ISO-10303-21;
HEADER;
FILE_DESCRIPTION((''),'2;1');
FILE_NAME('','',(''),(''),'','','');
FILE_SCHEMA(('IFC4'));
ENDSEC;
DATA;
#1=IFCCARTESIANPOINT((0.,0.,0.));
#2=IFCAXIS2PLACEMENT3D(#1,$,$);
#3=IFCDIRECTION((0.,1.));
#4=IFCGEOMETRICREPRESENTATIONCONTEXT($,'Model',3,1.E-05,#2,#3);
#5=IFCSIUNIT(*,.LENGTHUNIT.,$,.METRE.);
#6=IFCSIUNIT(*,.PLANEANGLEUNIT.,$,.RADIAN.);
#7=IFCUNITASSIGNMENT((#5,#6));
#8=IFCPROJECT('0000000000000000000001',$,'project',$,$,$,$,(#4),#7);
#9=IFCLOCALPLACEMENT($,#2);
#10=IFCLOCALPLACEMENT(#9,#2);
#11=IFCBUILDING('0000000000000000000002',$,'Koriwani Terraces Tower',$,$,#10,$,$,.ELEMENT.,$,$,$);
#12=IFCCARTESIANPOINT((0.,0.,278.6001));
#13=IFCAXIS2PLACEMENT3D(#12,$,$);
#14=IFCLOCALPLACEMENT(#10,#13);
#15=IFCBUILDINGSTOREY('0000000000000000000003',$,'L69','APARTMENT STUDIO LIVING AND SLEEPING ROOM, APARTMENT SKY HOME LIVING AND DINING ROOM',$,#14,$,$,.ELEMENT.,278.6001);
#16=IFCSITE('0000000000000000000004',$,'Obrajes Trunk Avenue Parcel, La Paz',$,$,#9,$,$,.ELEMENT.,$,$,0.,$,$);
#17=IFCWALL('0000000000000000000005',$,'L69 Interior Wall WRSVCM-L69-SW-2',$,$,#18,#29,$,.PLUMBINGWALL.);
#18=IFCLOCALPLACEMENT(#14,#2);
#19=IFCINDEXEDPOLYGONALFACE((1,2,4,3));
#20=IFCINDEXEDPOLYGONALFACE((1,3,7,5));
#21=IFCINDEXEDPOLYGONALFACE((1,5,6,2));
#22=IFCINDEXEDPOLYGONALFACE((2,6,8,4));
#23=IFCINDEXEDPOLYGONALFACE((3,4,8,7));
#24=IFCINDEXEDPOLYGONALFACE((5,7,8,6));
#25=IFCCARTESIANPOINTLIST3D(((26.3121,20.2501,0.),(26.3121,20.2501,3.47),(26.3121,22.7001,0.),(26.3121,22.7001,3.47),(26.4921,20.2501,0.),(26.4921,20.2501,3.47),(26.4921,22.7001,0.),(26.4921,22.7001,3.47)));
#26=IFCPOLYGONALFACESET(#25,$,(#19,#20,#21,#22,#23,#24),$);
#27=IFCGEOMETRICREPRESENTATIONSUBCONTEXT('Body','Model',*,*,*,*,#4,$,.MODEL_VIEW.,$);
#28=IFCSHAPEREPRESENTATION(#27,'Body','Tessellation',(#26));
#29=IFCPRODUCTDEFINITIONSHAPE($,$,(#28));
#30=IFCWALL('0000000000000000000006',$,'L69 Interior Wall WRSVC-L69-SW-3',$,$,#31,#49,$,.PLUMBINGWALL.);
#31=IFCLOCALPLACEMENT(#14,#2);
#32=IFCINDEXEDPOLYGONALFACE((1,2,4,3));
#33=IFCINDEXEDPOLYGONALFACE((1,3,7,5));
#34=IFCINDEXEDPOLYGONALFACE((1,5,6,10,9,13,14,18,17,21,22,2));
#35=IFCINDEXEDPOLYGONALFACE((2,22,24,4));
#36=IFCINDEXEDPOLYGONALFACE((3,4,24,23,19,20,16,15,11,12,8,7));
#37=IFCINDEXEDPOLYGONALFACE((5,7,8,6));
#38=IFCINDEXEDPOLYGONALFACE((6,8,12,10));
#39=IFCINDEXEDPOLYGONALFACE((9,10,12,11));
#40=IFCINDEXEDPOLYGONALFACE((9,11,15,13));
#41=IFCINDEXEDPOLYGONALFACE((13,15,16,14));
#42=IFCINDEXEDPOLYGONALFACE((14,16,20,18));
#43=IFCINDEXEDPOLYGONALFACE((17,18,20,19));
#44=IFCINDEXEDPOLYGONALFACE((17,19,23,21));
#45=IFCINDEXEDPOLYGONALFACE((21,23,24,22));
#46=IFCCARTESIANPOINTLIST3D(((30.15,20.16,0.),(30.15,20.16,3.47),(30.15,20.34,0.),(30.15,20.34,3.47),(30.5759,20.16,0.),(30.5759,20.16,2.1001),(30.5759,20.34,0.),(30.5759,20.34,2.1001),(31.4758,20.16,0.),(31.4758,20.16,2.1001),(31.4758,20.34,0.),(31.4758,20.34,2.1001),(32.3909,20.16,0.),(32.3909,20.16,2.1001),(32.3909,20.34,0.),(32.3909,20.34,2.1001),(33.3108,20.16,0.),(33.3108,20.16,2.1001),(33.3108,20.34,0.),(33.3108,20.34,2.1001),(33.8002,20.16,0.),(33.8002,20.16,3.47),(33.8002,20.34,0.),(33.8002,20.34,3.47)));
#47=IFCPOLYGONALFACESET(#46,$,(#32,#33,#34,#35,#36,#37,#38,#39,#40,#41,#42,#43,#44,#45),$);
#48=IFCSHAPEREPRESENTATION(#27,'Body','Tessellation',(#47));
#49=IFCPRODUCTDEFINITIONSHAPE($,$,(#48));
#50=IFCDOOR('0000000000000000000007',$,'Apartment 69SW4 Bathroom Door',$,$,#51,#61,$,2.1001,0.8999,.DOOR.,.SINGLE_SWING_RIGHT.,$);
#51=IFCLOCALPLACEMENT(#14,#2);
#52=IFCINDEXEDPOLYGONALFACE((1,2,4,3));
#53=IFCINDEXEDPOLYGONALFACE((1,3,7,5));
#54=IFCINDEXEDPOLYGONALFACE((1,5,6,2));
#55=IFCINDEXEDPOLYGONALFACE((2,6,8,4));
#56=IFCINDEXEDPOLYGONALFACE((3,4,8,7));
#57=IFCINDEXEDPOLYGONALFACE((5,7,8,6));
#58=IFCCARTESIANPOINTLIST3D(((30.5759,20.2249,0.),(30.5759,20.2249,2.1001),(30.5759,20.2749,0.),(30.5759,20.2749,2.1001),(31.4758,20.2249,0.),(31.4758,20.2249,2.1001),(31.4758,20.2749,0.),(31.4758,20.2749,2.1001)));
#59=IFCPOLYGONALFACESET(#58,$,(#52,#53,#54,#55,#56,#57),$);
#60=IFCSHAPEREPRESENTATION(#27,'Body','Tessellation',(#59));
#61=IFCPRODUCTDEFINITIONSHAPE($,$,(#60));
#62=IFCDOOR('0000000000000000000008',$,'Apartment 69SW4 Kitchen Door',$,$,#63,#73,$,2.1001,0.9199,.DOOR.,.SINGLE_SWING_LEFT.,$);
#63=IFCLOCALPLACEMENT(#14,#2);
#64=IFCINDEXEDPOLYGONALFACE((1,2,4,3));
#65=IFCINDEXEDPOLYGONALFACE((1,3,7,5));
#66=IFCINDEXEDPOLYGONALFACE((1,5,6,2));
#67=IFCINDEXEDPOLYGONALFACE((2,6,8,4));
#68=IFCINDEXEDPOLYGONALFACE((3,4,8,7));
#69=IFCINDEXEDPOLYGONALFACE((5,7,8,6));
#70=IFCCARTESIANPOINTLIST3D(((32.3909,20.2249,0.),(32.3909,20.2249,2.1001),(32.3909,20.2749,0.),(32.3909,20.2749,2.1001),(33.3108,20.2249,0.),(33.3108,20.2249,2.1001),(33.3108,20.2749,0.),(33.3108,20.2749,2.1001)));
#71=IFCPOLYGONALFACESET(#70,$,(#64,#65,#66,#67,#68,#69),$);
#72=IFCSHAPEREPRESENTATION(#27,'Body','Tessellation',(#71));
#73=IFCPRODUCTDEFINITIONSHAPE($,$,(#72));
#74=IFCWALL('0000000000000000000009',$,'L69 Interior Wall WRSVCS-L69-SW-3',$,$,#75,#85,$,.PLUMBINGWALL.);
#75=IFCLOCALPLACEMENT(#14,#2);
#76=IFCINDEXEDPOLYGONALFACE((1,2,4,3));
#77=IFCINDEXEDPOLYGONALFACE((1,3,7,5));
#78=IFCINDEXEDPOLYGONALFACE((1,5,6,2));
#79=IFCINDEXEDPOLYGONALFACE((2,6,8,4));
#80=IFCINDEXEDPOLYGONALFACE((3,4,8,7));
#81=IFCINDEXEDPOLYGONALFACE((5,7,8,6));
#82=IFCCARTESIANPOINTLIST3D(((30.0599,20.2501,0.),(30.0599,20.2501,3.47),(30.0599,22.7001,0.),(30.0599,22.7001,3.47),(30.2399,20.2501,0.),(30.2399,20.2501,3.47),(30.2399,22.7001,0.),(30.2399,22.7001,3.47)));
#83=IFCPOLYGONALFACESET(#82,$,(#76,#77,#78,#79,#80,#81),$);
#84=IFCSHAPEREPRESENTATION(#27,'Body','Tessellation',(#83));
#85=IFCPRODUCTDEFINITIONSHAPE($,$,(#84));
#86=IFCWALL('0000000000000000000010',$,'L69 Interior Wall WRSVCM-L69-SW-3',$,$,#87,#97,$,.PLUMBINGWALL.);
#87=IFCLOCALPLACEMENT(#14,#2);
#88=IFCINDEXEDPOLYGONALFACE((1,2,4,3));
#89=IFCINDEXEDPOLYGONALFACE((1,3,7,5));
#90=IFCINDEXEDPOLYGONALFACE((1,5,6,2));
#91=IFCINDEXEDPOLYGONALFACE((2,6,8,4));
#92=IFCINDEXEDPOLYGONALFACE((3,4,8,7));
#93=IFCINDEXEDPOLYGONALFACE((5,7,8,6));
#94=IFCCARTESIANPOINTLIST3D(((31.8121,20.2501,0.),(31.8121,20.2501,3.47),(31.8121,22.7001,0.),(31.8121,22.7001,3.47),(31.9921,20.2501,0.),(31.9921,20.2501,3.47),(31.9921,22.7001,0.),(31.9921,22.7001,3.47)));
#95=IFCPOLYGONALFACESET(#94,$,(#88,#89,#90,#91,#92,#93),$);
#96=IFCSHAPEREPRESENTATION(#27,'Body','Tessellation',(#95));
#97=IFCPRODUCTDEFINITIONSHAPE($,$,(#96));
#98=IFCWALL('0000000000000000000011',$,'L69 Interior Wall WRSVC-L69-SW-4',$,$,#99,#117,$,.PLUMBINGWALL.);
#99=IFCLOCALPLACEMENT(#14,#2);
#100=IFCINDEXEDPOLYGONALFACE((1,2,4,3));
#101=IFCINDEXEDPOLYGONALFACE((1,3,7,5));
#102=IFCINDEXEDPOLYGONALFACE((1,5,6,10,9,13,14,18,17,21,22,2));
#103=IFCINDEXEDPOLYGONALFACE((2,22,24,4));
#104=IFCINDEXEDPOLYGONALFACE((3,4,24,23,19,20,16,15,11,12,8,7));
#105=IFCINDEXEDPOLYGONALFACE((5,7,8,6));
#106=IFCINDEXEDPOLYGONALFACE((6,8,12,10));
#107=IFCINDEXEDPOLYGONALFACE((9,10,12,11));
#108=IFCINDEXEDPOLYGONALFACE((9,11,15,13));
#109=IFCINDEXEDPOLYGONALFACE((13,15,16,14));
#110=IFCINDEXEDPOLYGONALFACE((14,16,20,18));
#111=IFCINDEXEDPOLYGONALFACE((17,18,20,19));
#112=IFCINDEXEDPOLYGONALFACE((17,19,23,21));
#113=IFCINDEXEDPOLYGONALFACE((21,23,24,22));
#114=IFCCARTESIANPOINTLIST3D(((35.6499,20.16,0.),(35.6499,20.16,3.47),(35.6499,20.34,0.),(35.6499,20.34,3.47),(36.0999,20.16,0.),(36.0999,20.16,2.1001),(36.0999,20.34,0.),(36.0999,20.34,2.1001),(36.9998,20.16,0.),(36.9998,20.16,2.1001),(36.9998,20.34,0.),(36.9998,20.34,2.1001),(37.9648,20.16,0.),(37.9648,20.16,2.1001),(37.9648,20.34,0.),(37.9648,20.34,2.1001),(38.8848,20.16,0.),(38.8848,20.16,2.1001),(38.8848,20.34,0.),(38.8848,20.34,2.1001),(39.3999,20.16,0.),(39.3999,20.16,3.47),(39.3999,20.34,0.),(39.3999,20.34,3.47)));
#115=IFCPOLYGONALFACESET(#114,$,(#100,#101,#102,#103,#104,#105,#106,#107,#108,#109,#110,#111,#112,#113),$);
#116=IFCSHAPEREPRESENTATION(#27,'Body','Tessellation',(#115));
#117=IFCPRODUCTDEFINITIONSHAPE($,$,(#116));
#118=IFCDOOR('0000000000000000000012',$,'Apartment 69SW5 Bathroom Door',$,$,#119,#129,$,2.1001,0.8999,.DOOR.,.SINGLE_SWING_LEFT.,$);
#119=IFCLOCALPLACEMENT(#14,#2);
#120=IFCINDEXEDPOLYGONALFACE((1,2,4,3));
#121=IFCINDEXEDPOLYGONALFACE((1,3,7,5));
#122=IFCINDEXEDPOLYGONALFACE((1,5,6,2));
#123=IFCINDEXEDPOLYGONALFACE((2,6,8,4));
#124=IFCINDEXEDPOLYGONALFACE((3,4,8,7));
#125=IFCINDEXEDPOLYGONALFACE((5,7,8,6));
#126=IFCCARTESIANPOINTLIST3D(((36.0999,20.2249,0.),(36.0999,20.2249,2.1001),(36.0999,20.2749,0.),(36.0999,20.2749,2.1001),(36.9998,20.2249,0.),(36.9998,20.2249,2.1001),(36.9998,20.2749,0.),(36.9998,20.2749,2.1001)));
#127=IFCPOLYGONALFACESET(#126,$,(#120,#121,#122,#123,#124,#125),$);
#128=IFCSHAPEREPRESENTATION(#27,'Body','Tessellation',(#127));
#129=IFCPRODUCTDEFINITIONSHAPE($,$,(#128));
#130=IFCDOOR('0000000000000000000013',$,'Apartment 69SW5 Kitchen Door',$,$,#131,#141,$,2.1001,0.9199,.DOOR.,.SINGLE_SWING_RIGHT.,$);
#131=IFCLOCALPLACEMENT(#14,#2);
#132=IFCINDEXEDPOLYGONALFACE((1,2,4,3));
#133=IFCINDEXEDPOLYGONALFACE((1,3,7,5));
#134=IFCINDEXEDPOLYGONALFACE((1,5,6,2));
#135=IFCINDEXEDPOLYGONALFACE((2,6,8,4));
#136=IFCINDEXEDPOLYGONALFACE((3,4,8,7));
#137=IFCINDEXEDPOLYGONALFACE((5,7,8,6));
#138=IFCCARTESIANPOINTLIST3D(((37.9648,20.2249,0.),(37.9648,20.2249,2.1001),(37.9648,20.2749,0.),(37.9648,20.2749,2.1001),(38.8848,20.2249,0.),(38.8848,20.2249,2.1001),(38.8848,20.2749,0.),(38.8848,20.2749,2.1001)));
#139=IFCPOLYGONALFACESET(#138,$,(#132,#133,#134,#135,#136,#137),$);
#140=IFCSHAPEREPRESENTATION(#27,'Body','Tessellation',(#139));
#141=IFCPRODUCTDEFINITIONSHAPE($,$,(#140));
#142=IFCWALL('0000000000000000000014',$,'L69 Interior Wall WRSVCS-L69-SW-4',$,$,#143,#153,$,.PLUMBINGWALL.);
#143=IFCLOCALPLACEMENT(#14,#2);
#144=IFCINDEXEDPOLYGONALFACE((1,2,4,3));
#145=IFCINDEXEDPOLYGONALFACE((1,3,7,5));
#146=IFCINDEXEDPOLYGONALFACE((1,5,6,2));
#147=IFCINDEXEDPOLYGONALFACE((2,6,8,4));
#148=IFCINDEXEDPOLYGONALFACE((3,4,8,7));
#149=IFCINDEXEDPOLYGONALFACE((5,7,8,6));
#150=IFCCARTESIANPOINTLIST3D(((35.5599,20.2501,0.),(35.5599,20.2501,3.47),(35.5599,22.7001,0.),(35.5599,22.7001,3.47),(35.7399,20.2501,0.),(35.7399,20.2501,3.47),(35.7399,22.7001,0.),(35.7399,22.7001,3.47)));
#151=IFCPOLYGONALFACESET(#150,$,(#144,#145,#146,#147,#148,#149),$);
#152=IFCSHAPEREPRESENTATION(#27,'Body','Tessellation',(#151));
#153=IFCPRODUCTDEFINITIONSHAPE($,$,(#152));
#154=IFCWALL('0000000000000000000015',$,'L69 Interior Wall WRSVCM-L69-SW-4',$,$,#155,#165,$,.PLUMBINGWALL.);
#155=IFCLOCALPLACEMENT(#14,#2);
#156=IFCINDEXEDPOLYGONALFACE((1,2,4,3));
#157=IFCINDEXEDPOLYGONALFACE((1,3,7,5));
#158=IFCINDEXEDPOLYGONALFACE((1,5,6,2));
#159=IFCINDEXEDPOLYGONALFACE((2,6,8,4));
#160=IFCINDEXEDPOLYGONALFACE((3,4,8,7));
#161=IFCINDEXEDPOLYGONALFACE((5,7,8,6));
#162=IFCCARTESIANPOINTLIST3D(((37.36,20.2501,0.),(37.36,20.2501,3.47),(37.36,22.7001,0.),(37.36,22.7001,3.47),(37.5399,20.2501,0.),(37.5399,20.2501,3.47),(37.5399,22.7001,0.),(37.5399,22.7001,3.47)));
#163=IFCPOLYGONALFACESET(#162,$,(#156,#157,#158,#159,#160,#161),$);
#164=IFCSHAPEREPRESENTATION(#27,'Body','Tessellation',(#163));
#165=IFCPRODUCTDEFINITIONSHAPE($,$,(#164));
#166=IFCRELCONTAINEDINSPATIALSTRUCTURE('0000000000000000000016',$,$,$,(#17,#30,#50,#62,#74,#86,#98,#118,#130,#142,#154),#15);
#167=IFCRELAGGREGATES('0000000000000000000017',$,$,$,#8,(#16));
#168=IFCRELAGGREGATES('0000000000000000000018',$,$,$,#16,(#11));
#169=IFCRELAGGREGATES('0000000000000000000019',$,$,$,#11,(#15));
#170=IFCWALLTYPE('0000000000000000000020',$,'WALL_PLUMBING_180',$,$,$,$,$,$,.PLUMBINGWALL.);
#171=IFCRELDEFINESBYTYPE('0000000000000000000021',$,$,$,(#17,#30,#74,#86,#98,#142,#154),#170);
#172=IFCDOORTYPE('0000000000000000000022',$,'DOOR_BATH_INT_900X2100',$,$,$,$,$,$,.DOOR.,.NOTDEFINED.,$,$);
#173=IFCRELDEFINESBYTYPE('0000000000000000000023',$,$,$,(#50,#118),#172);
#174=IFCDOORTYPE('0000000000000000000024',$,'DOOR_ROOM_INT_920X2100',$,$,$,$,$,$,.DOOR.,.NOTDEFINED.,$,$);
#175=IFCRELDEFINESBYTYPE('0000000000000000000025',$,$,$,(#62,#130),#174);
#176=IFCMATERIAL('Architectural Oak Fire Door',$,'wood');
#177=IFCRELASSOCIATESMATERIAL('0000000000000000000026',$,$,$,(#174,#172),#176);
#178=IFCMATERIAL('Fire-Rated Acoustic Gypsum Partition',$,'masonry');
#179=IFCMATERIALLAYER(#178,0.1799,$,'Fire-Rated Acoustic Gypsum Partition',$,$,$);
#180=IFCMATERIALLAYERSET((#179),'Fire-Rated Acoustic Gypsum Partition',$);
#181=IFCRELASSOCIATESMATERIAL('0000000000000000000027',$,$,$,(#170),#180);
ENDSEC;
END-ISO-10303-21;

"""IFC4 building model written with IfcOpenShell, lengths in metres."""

from ifc_helpers import new_model, si_unit, direction, frame, frame_2d, origin, place, context, subcontext, project, spatial, rectangle, extrude, material, layer, layer_set, type_object, element, fill, save


model = new_model("IFC4")

# Units and contexts
model_context = context("Model", 3, precision=1e-05, world=origin(), true_north=direction((0.0, 1.0)))
body_context = subcontext(model_context, "Body", "Model", "MODEL_VIEW")
ifc_project = project(units=[si_unit("LENGTHUNIT", "METRE"), si_unit("PLANEANGLEUNIT", "RADIAN")], contexts=[model_context])

# Site, building, storey
site_placement = place(None, origin())
site = spatial("IfcSite", under=ifc_project, at=site_placement, Name="Obrajes Trunk Avenue Parcel, La Paz", CompositionType="ELEMENT", RefElevation=0.0)
building_placement = place(site_placement, origin())
building = spatial("IfcBuilding", under=site, at=building_placement, Name="Koriwani Terraces Tower", CompositionType="ELEMENT")
storey_placement = place(building_placement, frame((0.0, 0.0, 278.6001)))
storey = spatial("IfcBuildingStorey", under=building, at=storey_placement, Name="L69", Description="APARTMENT STUDIO LIVING AND SLEEPING ROOM, APARTMENT SKY HOME LIVING AND DINING ROOM", CompositionType="ELEMENT", Elevation=278.6001)

# Shared definitions
ifc_material_1 = material(Name="Architectural Oak Fire Door", Category="wood")
door_type_1 = type_object("IfcDoorType", Name="DOOR_ROOM_INT_920X2100", OperationType="NOTDEFINED", PredefinedType="DOOR", material=ifc_material_1)

# Wall
ifc_material_2 = material(Name="Fire-Rated Acoustic Gypsum Partition", Category="masonry")
ifc_layer_1 = layer(ifc_material_2, 0.1799, Name="Fire-Rated Acoustic Gypsum Partition")
ifc_layer_set_1 = layer_set([ifc_layer_1], Name="Fire-Rated Acoustic Gypsum Partition")
wall_type_1 = type_object("IfcWallType", Name="WALL_PLUMBING_180", PredefinedType="PLUMBINGWALL", material=ifc_layer_set_1)
wall_1_placement = place(storey_placement, frame((26.4021, 20.25, 0.0), z_axis=(0.0, 0.0, 1.0), x_axis=(0.0, 1.0, 0.0)))
element("IfcWall", 1, at=wall_1_placement, inside=storey, type_object=wall_type_1, Name="L69 Interior Wall WRSVCM-L69-SW-2", PredefinedType="PLUMBINGWALL", context=body_context, shape_type="SweptSolid", body=[
    extrude(rectangle(XDim=2.45, YDim=0.1799, at=frame_2d((1.2251, 0.0))), origin(), (0.0, 0.0, 1.0), 3.47),
])

# Wall, openings, doors
wall_2_placement = place(storey_placement, frame((30.1499, 20.25, 0.0), z_axis=(0.0, 0.0, 1.0), x_axis=(1.0, 0.0, 0.0)))
wall_2 = element("IfcWall", 2, at=wall_2_placement, inside=storey, type_object=wall_type_1, Name="L69 Interior Wall WRSVC-L69-SW-3", PredefinedType="PLUMBINGWALL", context=body_context, shape_type="SweptSolid", body=[
    extrude(rectangle(XDim=3.6501, YDim=0.1799, at=frame_2d((1.8252, 0.0))), origin(), (0.0, 0.0, 1.0), 3.47),
])
opening_1_placement = place(wall_2_placement, frame((0.426, 0.0, 0.0)))
opening_1 = element("IfcOpeningElement", 3, at=opening_1_placement, cuts=wall_2, PredefinedType="OPENING", context=body_context, shape_type="SweptSolid", body=[
    extrude(rectangle(XDim=0.8999, YDim=2.1001, at=frame_2d((0.45, 1.05))), frame((0.0, 0.1001, 0.0), z_axis=(0.0, -1.0, 0.0), x_axis=(1.0, 0.0, 0.0)), (0.0, 0.0, 1.0), 0.2),
])
opening_2_placement = place(wall_2_placement, frame((2.241, 0.0, 0.0)))
opening_2 = element("IfcOpeningElement", 4, at=opening_2_placement, cuts=wall_2, PredefinedType="OPENING", context=body_context, shape_type="SweptSolid", body=[
    extrude(rectangle(XDim=0.9199, YDim=2.1001, at=frame_2d((0.46, 1.05))), frame((0.0, 0.1001, 0.0), z_axis=(0.0, -1.0, 0.0), x_axis=(1.0, 0.0, 0.0)), (0.0, 0.0, 1.0), 0.2),
])
door_type_2 = type_object("IfcDoorType", Name="DOOR_BATH_INT_900X2100", OperationType="NOTDEFINED", PredefinedType="DOOR", material=ifc_material_1)
door_1_placement = place(opening_1_placement, origin())
door_1 = element("IfcDoor", 5, at=door_1_placement, inside=storey, type_object=door_type_2, Name="Apartment 69SW4 Bathroom Door", OperationType="SINGLE_SWING_RIGHT", OverallHeight=2.1001, OverallWidth=0.8999, PredefinedType="DOOR", context=body_context, shape_type="SweptSolid", body=[
    extrude(rectangle(XDim=0.8999, YDim=2.1001, at=frame_2d((0.45, 1.05))), frame((0.0, 0.0249, 0.0), z_axis=(0.0, -1.0, 0.0), x_axis=(1.0, 0.0, 0.0)), (0.0, 0.0, 1.0), 0.05),
])
fill(opening_1, door_1)
door_2_placement = place(opening_2_placement, origin())
door_2 = element("IfcDoor", 6, at=door_2_placement, inside=storey, type_object=door_type_1, Name="Apartment 69SW4 Kitchen Door", OperationType="SINGLE_SWING_LEFT", OverallHeight=2.1001, OverallWidth=0.9199, PredefinedType="DOOR", context=body_context, shape_type="SweptSolid", body=[
    extrude(rectangle(XDim=0.9199, YDim=2.1001, at=frame_2d((0.46, 1.05))), frame((0.0, 0.0249, 0.0), z_axis=(0.0, -1.0, 0.0), x_axis=(1.0, 0.0, 0.0)), (0.0, 0.0, 1.0), 0.05),
])
fill(opening_2, door_2)

# Walls
for number, where, z_axis, x_axis, name in (
    (7, (30.1499, 20.25, 0.0), (0.0, 0.0, 1.0), (0.0, 1.0, 0.0), "L69 Interior Wall WRSVCS-L69-SW-3"),
    (8, (31.9021, 20.25, 0.0), (0.0, 0.0, 1.0), (0.0, 1.0, 0.0), "L69 Interior Wall WRSVCM-L69-SW-3"),
):
    element("IfcWall", number, at=place(storey_placement, frame(where, z_axis=z_axis, x_axis=x_axis)), inside=storey, type_object=wall_type_1, Name=name, PredefinedType="PLUMBINGWALL", context=body_context, shape_type="SweptSolid", body=[
        extrude(rectangle(XDim=2.45, YDim=0.1799, at=frame_2d((1.2251, 0.0))), origin(), (0.0, 0.0, 1.0), 3.47),
    ])

# Wall, openings, doors
wall_3_placement = place(storey_placement, frame((35.6499, 20.25, 0.0), z_axis=(0.0, 0.0, 1.0), x_axis=(1.0, 0.0, 0.0)))
wall_3 = element("IfcWall", 9, at=wall_3_placement, inside=storey, type_object=wall_type_1, Name="L69 Interior Wall WRSVC-L69-SW-4", PredefinedType="PLUMBINGWALL", context=body_context, shape_type="SweptSolid", body=[
    extrude(rectangle(XDim=3.75, YDim=0.1799, at=frame_2d((1.875, 0.0))), origin(), (0.0, 0.0, 1.0), 3.47),
])
opening_3_placement = place(wall_3_placement, frame((0.45, 0.0, 0.0)))
opening_3 = element("IfcOpeningElement", 10, at=opening_3_placement, cuts=wall_3, PredefinedType="OPENING", context=body_context, shape_type="SweptSolid", body=[
    extrude(rectangle(XDim=0.8999, YDim=2.1001, at=frame_2d((0.45, 1.05))), frame((0.0, 0.1001, 0.0), z_axis=(0.0, -1.0, 0.0), x_axis=(1.0, 0.0, 0.0)), (0.0, 0.0, 1.0), 0.2),
])
opening_4_placement = place(wall_3_placement, frame((2.3149, 0.0, 0.0)))
opening_4 = element("IfcOpeningElement", 11, at=opening_4_placement, cuts=wall_3, PredefinedType="OPENING", context=body_context, shape_type="SweptSolid", body=[
    extrude(rectangle(XDim=0.9199, YDim=2.1001, at=frame_2d((0.46, 1.05))), frame((0.0, 0.1001, 0.0), z_axis=(0.0, -1.0, 0.0), x_axis=(1.0, 0.0, 0.0)), (0.0, 0.0, 1.0), 0.2),
])
door_3_placement = place(opening_3_placement, origin())
door_3 = element("IfcDoor", 12, at=door_3_placement, inside=storey, type_object=door_type_2, Name="Apartment 69SW5 Bathroom Door", OperationType="SINGLE_SWING_LEFT", OverallHeight=2.1001, OverallWidth=0.8999, PredefinedType="DOOR", context=body_context, shape_type="SweptSolid", body=[
    extrude(rectangle(XDim=0.8999, YDim=2.1001, at=frame_2d((0.45, 1.05))), frame((0.0, 0.0249, 0.0), z_axis=(0.0, -1.0, 0.0), x_axis=(1.0, 0.0, 0.0)), (0.0, 0.0, 1.0), 0.05),
])
fill(opening_3, door_3)
door_4_placement = place(opening_4_placement, origin())
door_4 = element("IfcDoor", 13, at=door_4_placement, inside=storey, type_object=door_type_1, Name="Apartment 69SW5 Kitchen Door", OperationType="SINGLE_SWING_RIGHT", OverallHeight=2.1001, OverallWidth=0.9199, PredefinedType="DOOR", context=body_context, shape_type="SweptSolid", body=[
    extrude(rectangle(XDim=0.9199, YDim=2.1001, at=frame_2d((0.46, 1.05))), frame((0.0, 0.0249, 0.0), z_axis=(0.0, -1.0, 0.0), x_axis=(1.0, 0.0, 0.0)), (0.0, 0.0, 1.0), 0.05),
])
fill(opening_4, door_4)

# Walls
for number, where, z_axis, x_axis, name in (
    (14, (35.6499, 20.25, 0.0), (0.0, 0.0, 1.0), (0.0, 1.0, 0.0), "L69 Interior Wall WRSVCS-L69-SW-4"),
    (15, (37.45, 20.25, 0.0), (0.0, 0.0, 1.0), (0.0, 1.0, 0.0), "L69 Interior Wall WRSVCM-L69-SW-4"),
):
    element("IfcWall", number, at=place(storey_placement, frame(where, z_axis=z_axis, x_axis=x_axis)), inside=storey, type_object=wall_type_1, Name=name, PredefinedType="PLUMBINGWALL", context=body_context, shape_type="SweptSolid", body=[
        extrude(rectangle(XDim=2.45, YDim=0.1799, at=frame_2d((1.2251, 0.0))), origin(), (0.0, 0.0, 1.0), 3.47),
    ])

save(model, "model.ifc")
